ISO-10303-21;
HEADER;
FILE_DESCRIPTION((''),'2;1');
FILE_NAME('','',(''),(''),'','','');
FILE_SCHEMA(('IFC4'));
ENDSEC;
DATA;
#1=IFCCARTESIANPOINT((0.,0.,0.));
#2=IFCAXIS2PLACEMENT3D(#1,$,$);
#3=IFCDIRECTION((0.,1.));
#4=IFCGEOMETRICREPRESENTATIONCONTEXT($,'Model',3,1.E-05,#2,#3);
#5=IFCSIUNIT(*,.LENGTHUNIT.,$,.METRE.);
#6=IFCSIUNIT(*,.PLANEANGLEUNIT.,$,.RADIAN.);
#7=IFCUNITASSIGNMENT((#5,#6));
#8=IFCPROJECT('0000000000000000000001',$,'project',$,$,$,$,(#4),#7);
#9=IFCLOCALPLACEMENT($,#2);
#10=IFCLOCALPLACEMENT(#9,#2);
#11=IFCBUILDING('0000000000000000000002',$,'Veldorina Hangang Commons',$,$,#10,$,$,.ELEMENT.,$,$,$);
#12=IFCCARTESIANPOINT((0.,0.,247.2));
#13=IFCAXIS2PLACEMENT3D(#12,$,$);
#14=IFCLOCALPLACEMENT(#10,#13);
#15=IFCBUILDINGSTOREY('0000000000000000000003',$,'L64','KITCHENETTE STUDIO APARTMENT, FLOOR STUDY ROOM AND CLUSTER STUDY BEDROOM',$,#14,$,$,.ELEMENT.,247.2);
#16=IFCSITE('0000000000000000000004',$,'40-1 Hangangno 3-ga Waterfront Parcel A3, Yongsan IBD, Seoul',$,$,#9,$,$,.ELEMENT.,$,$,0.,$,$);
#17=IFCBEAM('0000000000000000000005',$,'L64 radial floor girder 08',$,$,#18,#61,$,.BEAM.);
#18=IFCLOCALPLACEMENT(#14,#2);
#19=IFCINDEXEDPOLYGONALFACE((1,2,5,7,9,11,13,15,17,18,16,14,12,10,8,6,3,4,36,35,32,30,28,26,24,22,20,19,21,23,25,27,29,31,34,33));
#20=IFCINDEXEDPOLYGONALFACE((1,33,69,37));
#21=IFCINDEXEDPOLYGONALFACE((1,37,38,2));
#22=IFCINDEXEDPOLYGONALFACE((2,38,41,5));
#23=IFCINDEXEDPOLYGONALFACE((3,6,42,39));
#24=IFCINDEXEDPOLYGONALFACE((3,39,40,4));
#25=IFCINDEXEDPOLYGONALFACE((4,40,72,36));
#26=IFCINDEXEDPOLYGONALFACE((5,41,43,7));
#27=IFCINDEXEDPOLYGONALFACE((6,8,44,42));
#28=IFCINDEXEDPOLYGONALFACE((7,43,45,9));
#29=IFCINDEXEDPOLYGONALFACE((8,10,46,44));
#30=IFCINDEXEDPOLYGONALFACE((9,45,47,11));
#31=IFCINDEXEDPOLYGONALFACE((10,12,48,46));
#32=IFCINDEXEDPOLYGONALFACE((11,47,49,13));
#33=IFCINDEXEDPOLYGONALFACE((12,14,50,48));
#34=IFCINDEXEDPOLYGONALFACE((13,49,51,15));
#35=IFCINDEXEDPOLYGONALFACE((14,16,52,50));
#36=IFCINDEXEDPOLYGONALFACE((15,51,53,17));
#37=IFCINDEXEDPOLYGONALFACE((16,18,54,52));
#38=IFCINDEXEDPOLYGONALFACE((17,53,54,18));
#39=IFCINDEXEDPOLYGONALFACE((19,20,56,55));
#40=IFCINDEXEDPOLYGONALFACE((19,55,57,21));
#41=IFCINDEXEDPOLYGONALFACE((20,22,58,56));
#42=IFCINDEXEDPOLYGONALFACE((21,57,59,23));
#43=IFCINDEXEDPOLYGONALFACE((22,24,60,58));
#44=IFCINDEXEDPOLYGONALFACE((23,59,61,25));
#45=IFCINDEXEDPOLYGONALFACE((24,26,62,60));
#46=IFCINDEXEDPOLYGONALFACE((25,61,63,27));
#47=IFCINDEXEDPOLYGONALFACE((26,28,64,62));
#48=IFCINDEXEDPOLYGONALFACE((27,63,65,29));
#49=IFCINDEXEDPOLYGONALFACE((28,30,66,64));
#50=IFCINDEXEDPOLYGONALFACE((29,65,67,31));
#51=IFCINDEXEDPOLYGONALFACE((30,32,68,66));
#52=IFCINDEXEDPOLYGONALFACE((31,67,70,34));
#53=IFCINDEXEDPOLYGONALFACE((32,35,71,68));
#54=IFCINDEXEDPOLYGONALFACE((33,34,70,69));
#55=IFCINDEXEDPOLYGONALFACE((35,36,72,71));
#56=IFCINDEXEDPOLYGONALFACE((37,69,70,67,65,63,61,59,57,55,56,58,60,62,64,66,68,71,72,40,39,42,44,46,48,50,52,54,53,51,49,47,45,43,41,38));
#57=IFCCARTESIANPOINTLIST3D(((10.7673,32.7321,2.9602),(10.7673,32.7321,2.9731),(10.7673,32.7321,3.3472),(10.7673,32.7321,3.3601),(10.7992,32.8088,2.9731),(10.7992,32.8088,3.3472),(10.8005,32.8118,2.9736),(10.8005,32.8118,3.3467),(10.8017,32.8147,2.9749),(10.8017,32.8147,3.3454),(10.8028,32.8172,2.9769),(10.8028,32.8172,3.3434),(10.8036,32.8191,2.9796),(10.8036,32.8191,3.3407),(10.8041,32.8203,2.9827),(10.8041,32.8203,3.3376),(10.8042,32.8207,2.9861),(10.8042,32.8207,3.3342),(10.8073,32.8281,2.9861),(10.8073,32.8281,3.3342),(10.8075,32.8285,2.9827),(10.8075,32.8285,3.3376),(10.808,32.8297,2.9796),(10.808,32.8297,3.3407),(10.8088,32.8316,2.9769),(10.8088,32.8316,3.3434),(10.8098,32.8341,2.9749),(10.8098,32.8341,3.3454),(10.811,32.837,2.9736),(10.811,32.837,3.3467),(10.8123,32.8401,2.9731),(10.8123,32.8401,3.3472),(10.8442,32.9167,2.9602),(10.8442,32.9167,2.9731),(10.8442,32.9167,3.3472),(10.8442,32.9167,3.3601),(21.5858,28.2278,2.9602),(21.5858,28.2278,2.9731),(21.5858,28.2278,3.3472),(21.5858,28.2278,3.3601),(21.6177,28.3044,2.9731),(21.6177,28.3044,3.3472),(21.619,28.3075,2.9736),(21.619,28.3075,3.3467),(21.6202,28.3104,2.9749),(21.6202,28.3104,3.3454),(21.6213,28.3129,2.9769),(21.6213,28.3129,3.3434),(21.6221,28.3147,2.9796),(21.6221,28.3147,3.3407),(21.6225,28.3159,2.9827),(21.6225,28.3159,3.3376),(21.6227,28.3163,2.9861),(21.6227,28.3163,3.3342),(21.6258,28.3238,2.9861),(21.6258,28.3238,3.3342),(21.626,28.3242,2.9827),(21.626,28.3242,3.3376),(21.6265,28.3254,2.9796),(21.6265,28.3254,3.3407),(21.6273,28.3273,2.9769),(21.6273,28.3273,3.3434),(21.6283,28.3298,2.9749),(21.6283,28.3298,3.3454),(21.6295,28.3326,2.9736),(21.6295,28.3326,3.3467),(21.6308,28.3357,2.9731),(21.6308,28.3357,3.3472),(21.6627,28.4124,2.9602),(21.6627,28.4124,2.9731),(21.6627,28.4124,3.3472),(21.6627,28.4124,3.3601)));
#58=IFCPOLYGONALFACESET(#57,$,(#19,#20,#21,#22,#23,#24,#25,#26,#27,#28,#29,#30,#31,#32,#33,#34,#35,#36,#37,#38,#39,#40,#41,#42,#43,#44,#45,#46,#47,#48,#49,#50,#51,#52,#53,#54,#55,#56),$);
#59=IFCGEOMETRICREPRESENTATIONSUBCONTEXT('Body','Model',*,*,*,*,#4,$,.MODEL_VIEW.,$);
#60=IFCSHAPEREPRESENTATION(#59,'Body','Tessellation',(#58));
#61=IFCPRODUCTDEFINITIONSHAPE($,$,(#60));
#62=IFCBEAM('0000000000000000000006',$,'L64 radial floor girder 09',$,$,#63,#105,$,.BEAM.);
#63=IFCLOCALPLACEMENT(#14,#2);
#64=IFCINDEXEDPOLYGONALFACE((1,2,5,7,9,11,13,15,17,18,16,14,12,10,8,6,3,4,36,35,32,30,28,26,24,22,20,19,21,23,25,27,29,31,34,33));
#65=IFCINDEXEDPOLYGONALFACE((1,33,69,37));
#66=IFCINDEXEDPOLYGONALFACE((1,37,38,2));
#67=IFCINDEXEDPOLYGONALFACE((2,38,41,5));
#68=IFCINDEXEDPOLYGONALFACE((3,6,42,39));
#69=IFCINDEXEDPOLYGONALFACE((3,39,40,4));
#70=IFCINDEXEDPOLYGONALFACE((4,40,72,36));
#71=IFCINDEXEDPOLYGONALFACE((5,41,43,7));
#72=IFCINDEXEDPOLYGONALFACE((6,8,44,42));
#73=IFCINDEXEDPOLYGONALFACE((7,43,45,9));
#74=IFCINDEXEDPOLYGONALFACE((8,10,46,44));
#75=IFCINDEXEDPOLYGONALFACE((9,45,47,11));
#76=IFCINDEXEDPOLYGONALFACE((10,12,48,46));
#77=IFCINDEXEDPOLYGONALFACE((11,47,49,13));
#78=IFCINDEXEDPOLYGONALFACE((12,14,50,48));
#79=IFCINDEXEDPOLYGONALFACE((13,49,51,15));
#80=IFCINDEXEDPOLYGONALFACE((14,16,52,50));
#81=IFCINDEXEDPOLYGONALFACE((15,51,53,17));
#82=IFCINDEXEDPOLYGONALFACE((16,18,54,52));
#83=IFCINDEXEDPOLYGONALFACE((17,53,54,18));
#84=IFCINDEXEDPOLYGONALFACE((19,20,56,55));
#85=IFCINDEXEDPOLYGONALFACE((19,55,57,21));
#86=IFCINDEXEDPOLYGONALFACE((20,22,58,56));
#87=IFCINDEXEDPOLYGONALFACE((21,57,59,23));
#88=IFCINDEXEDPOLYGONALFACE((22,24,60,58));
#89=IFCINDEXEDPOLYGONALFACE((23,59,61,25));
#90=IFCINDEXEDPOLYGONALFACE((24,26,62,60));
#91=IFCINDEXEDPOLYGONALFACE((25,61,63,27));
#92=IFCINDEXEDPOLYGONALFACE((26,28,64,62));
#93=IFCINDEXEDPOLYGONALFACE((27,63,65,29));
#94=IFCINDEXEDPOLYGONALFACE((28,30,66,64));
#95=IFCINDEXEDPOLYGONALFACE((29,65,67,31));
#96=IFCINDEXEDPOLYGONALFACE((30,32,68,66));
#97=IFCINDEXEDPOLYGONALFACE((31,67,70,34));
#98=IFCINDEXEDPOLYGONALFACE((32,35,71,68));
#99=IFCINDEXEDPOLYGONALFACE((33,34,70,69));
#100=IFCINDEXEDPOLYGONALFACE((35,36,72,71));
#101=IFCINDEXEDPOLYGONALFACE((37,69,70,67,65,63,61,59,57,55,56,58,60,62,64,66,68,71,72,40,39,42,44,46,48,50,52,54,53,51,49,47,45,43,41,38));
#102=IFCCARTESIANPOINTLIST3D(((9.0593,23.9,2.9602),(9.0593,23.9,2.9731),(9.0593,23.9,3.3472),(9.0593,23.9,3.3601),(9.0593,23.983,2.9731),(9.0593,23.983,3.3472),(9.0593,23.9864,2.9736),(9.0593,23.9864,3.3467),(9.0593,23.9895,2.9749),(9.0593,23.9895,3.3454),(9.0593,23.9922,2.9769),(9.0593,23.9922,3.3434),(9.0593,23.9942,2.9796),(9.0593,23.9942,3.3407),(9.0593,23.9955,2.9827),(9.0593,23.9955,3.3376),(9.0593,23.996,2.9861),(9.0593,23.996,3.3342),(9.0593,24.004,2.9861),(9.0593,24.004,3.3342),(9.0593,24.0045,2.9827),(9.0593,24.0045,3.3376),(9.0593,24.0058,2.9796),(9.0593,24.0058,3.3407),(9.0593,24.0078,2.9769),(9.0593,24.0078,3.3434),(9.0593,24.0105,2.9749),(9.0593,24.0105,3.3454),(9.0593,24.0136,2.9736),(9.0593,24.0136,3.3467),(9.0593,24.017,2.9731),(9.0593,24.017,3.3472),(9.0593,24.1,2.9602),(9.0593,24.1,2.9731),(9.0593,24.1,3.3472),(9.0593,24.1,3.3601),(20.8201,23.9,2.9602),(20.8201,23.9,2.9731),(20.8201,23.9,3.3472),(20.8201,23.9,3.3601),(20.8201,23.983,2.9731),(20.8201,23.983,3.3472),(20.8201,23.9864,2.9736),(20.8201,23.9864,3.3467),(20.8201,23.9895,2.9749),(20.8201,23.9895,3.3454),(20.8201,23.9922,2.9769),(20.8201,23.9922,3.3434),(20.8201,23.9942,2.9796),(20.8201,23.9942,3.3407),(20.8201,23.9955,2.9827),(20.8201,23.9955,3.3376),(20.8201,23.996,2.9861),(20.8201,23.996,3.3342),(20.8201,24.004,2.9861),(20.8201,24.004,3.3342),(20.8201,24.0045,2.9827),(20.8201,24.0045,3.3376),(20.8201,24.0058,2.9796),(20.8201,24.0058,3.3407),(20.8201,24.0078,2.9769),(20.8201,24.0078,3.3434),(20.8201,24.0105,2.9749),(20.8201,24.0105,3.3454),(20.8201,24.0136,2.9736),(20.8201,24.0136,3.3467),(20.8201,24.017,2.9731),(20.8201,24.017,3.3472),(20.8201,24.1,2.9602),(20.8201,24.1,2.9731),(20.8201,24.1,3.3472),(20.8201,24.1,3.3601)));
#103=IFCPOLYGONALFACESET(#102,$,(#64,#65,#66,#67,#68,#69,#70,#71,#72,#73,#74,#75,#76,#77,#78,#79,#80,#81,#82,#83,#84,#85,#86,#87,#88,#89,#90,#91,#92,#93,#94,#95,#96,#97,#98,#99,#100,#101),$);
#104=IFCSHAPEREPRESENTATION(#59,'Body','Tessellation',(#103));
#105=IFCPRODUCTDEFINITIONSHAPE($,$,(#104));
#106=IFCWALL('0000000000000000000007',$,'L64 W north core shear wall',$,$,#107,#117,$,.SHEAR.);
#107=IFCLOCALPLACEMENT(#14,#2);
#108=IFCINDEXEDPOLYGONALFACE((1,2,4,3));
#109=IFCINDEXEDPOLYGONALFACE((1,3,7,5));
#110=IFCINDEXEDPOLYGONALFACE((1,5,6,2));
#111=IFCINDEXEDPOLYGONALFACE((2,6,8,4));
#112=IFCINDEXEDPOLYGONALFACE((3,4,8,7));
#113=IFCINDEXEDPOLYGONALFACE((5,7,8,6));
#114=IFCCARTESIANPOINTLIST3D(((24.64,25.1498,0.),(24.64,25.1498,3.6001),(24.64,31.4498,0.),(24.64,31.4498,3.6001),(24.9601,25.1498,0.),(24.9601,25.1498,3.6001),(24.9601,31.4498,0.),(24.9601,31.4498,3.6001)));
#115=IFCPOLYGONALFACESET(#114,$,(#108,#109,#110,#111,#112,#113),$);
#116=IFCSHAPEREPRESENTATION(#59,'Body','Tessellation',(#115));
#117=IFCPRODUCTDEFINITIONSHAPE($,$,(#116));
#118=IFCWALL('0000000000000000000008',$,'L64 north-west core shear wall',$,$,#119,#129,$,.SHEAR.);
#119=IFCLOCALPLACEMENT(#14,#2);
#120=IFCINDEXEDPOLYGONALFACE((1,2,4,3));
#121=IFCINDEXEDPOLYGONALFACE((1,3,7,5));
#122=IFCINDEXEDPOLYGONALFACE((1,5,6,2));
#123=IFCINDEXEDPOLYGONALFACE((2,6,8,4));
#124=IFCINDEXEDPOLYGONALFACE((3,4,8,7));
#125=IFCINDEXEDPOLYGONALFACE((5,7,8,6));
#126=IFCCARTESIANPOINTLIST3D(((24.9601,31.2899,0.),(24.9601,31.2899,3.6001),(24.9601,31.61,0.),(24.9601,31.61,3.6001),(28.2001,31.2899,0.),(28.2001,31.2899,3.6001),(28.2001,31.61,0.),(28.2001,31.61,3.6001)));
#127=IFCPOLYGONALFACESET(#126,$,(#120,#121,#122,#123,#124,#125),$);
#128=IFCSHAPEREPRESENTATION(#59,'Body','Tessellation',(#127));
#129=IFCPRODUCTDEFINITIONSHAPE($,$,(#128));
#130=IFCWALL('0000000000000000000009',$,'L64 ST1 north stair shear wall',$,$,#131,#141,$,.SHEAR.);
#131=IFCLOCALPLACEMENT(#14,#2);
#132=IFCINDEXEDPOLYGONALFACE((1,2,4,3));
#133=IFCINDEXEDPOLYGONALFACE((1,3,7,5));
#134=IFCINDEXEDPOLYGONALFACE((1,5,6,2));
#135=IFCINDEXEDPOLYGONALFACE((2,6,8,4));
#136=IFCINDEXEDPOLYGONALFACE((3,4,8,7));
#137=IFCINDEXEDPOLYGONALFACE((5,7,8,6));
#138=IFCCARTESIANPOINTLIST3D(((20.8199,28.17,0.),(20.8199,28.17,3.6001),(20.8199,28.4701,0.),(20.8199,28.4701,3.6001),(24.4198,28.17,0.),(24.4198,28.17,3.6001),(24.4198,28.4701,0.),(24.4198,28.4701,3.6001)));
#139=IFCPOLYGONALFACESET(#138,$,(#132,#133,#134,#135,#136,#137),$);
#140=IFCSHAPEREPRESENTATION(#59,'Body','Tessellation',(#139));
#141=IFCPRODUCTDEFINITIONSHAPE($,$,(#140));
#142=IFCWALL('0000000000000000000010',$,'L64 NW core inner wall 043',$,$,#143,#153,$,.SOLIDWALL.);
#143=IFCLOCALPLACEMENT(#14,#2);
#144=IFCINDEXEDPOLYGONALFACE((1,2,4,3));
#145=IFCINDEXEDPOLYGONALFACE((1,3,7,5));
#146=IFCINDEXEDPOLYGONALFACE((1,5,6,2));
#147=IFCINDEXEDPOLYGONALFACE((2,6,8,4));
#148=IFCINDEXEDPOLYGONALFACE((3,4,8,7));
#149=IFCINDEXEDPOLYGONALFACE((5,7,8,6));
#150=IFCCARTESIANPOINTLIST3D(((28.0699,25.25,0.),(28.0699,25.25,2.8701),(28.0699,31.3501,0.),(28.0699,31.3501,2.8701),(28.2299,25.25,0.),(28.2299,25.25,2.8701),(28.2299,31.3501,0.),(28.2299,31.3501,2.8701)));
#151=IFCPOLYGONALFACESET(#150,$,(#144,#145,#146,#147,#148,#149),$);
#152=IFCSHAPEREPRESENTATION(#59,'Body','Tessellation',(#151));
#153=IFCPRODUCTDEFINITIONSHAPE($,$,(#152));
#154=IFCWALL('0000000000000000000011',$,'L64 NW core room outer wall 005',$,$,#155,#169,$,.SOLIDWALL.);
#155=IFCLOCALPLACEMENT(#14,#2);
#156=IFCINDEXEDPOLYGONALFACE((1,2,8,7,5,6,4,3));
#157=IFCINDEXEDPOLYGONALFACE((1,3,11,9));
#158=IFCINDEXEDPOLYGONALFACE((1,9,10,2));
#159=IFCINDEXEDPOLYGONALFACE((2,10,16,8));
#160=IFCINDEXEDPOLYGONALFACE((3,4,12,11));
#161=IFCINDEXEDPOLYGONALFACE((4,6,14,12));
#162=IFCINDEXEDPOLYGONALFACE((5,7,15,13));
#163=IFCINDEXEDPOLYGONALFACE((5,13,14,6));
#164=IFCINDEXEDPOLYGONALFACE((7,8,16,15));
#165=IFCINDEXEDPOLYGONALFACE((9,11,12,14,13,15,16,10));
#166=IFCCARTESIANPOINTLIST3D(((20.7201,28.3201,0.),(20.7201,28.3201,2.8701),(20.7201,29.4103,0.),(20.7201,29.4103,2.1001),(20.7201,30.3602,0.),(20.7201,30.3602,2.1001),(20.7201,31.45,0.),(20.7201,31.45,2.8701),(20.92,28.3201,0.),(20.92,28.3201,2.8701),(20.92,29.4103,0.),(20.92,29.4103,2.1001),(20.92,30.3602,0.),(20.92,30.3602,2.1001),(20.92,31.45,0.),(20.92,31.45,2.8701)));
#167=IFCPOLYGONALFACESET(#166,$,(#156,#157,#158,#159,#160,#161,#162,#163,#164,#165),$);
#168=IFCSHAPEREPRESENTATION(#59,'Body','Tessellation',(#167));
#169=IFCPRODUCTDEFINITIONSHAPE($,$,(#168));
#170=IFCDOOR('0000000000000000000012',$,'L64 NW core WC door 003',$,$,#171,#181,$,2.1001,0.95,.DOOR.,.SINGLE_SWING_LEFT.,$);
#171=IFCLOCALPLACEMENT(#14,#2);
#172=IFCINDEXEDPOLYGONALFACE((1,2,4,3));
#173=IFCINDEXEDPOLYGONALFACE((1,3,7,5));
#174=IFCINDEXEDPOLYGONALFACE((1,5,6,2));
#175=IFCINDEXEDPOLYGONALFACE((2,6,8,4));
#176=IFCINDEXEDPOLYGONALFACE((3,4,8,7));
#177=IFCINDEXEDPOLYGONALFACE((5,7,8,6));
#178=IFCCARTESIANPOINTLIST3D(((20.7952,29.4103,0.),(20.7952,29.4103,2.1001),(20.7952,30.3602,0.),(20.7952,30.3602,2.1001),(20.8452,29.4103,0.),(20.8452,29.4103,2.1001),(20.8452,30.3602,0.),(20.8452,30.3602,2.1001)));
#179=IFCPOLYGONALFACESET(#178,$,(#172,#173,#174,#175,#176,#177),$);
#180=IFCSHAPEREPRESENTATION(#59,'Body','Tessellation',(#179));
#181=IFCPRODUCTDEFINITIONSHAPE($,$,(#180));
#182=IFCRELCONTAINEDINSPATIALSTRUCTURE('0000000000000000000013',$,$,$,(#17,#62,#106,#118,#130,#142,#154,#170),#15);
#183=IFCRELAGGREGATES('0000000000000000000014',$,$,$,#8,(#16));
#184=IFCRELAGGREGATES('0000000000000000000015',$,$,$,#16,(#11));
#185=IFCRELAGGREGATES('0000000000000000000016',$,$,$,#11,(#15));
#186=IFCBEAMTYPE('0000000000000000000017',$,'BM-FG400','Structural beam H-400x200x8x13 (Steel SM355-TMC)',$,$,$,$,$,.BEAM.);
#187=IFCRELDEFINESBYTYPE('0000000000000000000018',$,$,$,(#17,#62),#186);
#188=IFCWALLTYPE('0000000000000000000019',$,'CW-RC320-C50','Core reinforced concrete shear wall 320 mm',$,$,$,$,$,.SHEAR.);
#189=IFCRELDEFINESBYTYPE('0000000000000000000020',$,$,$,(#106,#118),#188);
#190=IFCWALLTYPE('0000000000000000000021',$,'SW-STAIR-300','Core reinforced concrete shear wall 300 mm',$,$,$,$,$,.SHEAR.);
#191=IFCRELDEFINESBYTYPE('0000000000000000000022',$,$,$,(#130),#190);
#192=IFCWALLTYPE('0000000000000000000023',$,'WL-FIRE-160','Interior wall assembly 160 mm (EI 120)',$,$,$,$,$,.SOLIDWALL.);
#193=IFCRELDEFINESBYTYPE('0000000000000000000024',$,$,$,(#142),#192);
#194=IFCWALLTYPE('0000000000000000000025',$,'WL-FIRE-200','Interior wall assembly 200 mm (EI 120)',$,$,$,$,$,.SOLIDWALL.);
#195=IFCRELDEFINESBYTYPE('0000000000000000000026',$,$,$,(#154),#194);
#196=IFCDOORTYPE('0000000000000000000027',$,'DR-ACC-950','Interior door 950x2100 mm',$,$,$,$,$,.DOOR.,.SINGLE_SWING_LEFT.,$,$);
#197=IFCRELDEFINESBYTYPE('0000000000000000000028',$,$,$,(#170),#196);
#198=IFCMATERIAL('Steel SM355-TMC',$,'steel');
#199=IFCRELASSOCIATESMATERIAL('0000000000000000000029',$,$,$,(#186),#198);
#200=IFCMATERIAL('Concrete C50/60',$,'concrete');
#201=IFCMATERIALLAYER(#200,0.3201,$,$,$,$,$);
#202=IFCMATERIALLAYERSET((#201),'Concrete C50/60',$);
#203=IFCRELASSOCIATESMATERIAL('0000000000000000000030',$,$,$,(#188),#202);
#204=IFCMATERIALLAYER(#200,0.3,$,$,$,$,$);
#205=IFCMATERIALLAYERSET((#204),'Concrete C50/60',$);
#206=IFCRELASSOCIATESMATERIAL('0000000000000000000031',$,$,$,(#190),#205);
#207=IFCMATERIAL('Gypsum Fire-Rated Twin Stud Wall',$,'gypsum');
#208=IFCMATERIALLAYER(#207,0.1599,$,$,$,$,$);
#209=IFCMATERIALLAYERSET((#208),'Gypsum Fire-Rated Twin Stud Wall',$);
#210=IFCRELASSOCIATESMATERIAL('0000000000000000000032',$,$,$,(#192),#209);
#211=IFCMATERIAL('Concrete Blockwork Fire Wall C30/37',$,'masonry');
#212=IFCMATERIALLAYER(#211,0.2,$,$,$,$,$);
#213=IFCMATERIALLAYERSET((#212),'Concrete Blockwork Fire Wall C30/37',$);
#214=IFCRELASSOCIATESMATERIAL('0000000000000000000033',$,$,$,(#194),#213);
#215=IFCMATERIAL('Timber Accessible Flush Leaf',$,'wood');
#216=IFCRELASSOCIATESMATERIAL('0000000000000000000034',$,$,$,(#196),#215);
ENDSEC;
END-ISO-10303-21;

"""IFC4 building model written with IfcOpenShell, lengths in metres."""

from ifc_helpers import new_model, si_unit, direction, frame, frame_2d, origin, origin_2d, place, context, subcontext, project, spatial, rectangle, i_section, extrude, material, layer, layer_set, material_profile, profile_set, type_object, element, fill, save


model = new_model("IFC4")

# Units and contexts
model_context = context("Model", 3, precision=1e-05, world=origin(), true_north=direction((0.0, 1.0)))
body_context = subcontext(model_context, "Body", "Model", "MODEL_VIEW")
ifc_project = project(units=[si_unit("LENGTHUNIT", "METRE"), si_unit("PLANEANGLEUNIT", "RADIAN")], contexts=[model_context])

# Site, building, storey
site_placement = place(None, origin())
site = spatial("IfcSite", under=ifc_project, at=site_placement, Name="40-1 Hangangno 3-ga Waterfront Parcel A3, Yongsan IBD, Seoul", CompositionType="ELEMENT", RefElevation=0.0)
building_placement = place(site_placement, origin())
building = spatial("IfcBuilding", under=site, at=building_placement, Name="Veldorina Hangang Commons", CompositionType="ELEMENT")
storey_placement = place(building_placement, frame((0.0, 0.0, 247.2)))
storey = spatial("IfcBuildingStorey", under=building, at=storey_placement, Name="L64", Description="KITCHENETTE STUDIO APARTMENT, FLOOR STUDY ROOM AND CLUSTER STUDY BEDROOM", CompositionType="ELEMENT", Elevation=247.2)

# Beams
ifc_material_1 = material(Name="Concrete C50/60", Category="concrete")
ifc_material_2 = material(Name="Steel SM355-TMC", Category="steel")
ifc_material_profile_1 = material_profile(ifc_material_2, i_section(OverallWidth=0.2, OverallDepth=0.3999, WebThickness=0.0081, FlangeThickness=0.0129, FilletRadius=0.0129, at=origin_2d()), Name="H-400x200x8x13")
ifc_profile_set_1 = profile_set([ifc_material_profile_1], Name="Steel SM355-TMC")
beam_type_1 = type_object("IfcBeamType", Name="BM-FG400", Description="Structural beam H-400x200x8x13 (Steel SM355-TMC)", PredefinedType="BEAM", material=ifc_profile_set_1)
beam_1_placement = place(storey_placement, frame((21.6243, 28.3201, 3.1602), z_axis=(-0.923179, 0.384371, 0.0), x_axis=(-0.384371, -0.923179, 0.0)))
element("IfcBeam", 1, at=beam_1_placement, inside=storey, type_object=beam_type_1, Name="L64 radial floor girder 08", PredefinedType="BEAM", context=body_context, shape_type="SweptSolid", body=[
    extrude(i_section(OverallWidth=0.2, OverallDepth=0.3999, WebThickness=0.0081, FlangeThickness=0.0129, FilletRadius=0.0129, at=origin_2d()), origin(), (0.0, 0.0, 1.0), 11.7188),
])
beam_2_placement = place(storey_placement, frame((20.8201, 24.0, 3.1602), z_axis=(-1.0, 0.0, 0.0), x_axis=(0.0, -1.0, 0.0)))
element("IfcBeam", 2, at=beam_2_placement, inside=storey, type_object=beam_type_1, Name="L64 radial floor girder 09", PredefinedType="BEAM", context=body_context, shape_type="SweptSolid", body=[
    extrude(i_section(OverallWidth=0.2, OverallDepth=0.3999, WebThickness=0.0081, FlangeThickness=0.0129, FilletRadius=0.0129, at=origin_2d()), origin(), (0.0, 0.0, 1.0), 11.7607),
])

# Walls
ifc_layer_1 = layer(ifc_material_1, 0.3201)
ifc_layer_set_1 = layer_set([ifc_layer_1], Name="Concrete C50/60")
wall_type_1 = type_object("IfcWallType", Name="CW-RC320-C50", Description="Core reinforced concrete shear wall 320 mm", PredefinedType="SHEAR", material=ifc_layer_set_1)
wall_1_placement = place(storey_placement, frame((24.8, 25.1499, 0.0), z_axis=(0.0, 0.0, 1.0), x_axis=(0.0, 1.0, 0.0)))
element("IfcWall", 3, at=wall_1_placement, inside=storey, type_object=wall_type_1, Name="L64 W north core shear wall", PredefinedType="SHEAR", context=body_context, shape_type="SweptSolid", body=[
    extrude(rectangle(XDim=6.3, YDim=0.3201, at=frame_2d((3.1499, 0.0))), origin(), (0.0, 0.0, 1.0), 3.6001),
])
wall_2_placement = place(storey_placement, frame((24.96, 31.45, 0.0), z_axis=(0.0, 0.0, 1.0), x_axis=(1.0, 0.0, 0.0)))
element("IfcWall", 4, at=wall_2_placement, inside=storey, type_object=wall_type_1, Name="L64 north-west core shear wall", PredefinedType="SHEAR", context=body_context, shape_type="SweptSolid", body=[
    extrude(rectangle(XDim=3.24, YDim=0.3201, at=frame_2d((1.6201, 0.0))), origin(), (0.0, 0.0, 1.0), 3.6001),
])
ifc_layer_2 = layer(ifc_material_1, 0.3)
ifc_layer_set_2 = layer_set([ifc_layer_2], Name="Concrete C50/60")
wall_type_2 = type_object("IfcWallType", Name="SW-STAIR-300", Description="Core reinforced concrete shear wall 300 mm", PredefinedType="SHEAR", material=ifc_layer_set_2)
wall_3_placement = place(storey_placement, frame((20.8201, 28.3201, 0.0), z_axis=(0.0, 0.0, 1.0), x_axis=(1.0, 0.0, 0.0)))
element("IfcWall", 5, at=wall_3_placement, inside=storey, type_object=wall_type_2, Name="L64 ST1 north stair shear wall", PredefinedType="SHEAR", context=body_context, shape_type="SweptSolid", body=[
    extrude(rectangle(XDim=3.5999, YDim=0.3, at=frame_2d((1.7998, 0.0))), origin(), (0.0, 0.0, 1.0), 3.6001),
])
ifc_material_3 = material(Name="Gypsum Fire-Rated Twin Stud Wall", Category="gypsum")
ifc_layer_3 = layer(ifc_material_3, 0.1599)
ifc_layer_set_3 = layer_set([ifc_layer_3], Name="Gypsum Fire-Rated Twin Stud Wall")
wall_type_3 = type_object("IfcWallType", Name="WL-FIRE-160", Description="Interior wall assembly 160 mm (EI 120)", PredefinedType="SOLIDWALL", material=ifc_layer_set_3)
wall_4_placement = place(storey_placement, frame((28.1499, 25.25, 0.0), z_axis=(0.0, 0.0, 1.0), x_axis=(0.0, 1.0, 0.0)))
element("IfcWall", 6, at=wall_4_placement, inside=storey, type_object=wall_type_3, Name="L64 NW core inner wall 043", PredefinedType="SOLIDWALL", context=body_context, shape_type="SweptSolid", body=[
    extrude(rectangle(XDim=6.1001, YDim=0.1599, at=frame_2d((3.05, 0.0))), origin(), (0.0, 0.0, 1.0), 2.8701),
])

# Wall, opening, door
ifc_material_4 = material(Name="Concrete Blockwork Fire Wall C30/37", Category="masonry")
ifc_layer_4 = layer(ifc_material_4, 0.2)
ifc_layer_set_4 = layer_set([ifc_layer_4], Name="Concrete Blockwork Fire Wall C30/37")
wall_type_4 = type_object("IfcWallType", Name="WL-FIRE-200", Description="Interior wall assembly 200 mm (EI 120)", PredefinedType="SOLIDWALL", material=ifc_layer_set_4)
wall_5_placement = place(storey_placement, frame((20.8201, 28.3201, 0.0), z_axis=(0.0, 0.0, 1.0), x_axis=(0.0, 1.0, 0.0)))
wall_5 = element("IfcWall", 7, at=wall_5_placement, inside=storey, type_object=wall_type_4, Name="L64 NW core room outer wall 005", PredefinedType="SOLIDWALL", context=body_context, shape_type="SweptSolid", body=[
    extrude(rectangle(XDim=3.1299, YDim=0.2, at=frame_2d((1.5649, 0.0))), origin(), (0.0, 0.0, 1.0), 2.8701),
])
opening_1_placement = place(wall_5_placement, frame((1.0901, 0.0, 0.0)))
opening_1 = element("IfcOpeningElement", 8, at=opening_1_placement, cuts=wall_5, PredefinedType="OPENING", context=body_context, shape_type="SweptSolid", body=[
    extrude(rectangle(XDim=0.95, YDim=2.1001, at=frame_2d((0.4751, 1.05))), frame((0.0, 0.1099, 0.0), z_axis=(0.0, -1.0, 0.0), x_axis=(1.0, 0.0, 0.0)), (0.0, 0.0, 1.0), 0.22),
])
ifc_material_5 = material(Name="Timber Accessible Flush Leaf", Category="wood")
door_type_1 = type_object("IfcDoorType", Name="DR-ACC-950", Description="Interior door 950x2100 mm", OperationType="SINGLE_SWING_LEFT", PredefinedType="DOOR", material=ifc_material_5)
door_1_placement = place(opening_1_placement, origin())
door_1 = element("IfcDoor", 9, at=door_1_placement, inside=storey, type_object=door_type_1, Name="L64 NW core WC door 003", OperationType="SINGLE_SWING_LEFT", OverallHeight=2.1001, OverallWidth=0.95, PredefinedType="DOOR", context=body_context, shape_type="SweptSolid", body=[
    extrude(rectangle(XDim=0.95, YDim=2.1001, at=frame_2d((0.4751, 1.05))), frame((0.0, 0.0249, 0.0), z_axis=(0.0, -1.0, 0.0), x_axis=(1.0, 0.0, 0.0)), (0.0, 0.0, 1.0), 0.05),
])
fill(opening_1, door_1)

save(model, "model.ifc")
